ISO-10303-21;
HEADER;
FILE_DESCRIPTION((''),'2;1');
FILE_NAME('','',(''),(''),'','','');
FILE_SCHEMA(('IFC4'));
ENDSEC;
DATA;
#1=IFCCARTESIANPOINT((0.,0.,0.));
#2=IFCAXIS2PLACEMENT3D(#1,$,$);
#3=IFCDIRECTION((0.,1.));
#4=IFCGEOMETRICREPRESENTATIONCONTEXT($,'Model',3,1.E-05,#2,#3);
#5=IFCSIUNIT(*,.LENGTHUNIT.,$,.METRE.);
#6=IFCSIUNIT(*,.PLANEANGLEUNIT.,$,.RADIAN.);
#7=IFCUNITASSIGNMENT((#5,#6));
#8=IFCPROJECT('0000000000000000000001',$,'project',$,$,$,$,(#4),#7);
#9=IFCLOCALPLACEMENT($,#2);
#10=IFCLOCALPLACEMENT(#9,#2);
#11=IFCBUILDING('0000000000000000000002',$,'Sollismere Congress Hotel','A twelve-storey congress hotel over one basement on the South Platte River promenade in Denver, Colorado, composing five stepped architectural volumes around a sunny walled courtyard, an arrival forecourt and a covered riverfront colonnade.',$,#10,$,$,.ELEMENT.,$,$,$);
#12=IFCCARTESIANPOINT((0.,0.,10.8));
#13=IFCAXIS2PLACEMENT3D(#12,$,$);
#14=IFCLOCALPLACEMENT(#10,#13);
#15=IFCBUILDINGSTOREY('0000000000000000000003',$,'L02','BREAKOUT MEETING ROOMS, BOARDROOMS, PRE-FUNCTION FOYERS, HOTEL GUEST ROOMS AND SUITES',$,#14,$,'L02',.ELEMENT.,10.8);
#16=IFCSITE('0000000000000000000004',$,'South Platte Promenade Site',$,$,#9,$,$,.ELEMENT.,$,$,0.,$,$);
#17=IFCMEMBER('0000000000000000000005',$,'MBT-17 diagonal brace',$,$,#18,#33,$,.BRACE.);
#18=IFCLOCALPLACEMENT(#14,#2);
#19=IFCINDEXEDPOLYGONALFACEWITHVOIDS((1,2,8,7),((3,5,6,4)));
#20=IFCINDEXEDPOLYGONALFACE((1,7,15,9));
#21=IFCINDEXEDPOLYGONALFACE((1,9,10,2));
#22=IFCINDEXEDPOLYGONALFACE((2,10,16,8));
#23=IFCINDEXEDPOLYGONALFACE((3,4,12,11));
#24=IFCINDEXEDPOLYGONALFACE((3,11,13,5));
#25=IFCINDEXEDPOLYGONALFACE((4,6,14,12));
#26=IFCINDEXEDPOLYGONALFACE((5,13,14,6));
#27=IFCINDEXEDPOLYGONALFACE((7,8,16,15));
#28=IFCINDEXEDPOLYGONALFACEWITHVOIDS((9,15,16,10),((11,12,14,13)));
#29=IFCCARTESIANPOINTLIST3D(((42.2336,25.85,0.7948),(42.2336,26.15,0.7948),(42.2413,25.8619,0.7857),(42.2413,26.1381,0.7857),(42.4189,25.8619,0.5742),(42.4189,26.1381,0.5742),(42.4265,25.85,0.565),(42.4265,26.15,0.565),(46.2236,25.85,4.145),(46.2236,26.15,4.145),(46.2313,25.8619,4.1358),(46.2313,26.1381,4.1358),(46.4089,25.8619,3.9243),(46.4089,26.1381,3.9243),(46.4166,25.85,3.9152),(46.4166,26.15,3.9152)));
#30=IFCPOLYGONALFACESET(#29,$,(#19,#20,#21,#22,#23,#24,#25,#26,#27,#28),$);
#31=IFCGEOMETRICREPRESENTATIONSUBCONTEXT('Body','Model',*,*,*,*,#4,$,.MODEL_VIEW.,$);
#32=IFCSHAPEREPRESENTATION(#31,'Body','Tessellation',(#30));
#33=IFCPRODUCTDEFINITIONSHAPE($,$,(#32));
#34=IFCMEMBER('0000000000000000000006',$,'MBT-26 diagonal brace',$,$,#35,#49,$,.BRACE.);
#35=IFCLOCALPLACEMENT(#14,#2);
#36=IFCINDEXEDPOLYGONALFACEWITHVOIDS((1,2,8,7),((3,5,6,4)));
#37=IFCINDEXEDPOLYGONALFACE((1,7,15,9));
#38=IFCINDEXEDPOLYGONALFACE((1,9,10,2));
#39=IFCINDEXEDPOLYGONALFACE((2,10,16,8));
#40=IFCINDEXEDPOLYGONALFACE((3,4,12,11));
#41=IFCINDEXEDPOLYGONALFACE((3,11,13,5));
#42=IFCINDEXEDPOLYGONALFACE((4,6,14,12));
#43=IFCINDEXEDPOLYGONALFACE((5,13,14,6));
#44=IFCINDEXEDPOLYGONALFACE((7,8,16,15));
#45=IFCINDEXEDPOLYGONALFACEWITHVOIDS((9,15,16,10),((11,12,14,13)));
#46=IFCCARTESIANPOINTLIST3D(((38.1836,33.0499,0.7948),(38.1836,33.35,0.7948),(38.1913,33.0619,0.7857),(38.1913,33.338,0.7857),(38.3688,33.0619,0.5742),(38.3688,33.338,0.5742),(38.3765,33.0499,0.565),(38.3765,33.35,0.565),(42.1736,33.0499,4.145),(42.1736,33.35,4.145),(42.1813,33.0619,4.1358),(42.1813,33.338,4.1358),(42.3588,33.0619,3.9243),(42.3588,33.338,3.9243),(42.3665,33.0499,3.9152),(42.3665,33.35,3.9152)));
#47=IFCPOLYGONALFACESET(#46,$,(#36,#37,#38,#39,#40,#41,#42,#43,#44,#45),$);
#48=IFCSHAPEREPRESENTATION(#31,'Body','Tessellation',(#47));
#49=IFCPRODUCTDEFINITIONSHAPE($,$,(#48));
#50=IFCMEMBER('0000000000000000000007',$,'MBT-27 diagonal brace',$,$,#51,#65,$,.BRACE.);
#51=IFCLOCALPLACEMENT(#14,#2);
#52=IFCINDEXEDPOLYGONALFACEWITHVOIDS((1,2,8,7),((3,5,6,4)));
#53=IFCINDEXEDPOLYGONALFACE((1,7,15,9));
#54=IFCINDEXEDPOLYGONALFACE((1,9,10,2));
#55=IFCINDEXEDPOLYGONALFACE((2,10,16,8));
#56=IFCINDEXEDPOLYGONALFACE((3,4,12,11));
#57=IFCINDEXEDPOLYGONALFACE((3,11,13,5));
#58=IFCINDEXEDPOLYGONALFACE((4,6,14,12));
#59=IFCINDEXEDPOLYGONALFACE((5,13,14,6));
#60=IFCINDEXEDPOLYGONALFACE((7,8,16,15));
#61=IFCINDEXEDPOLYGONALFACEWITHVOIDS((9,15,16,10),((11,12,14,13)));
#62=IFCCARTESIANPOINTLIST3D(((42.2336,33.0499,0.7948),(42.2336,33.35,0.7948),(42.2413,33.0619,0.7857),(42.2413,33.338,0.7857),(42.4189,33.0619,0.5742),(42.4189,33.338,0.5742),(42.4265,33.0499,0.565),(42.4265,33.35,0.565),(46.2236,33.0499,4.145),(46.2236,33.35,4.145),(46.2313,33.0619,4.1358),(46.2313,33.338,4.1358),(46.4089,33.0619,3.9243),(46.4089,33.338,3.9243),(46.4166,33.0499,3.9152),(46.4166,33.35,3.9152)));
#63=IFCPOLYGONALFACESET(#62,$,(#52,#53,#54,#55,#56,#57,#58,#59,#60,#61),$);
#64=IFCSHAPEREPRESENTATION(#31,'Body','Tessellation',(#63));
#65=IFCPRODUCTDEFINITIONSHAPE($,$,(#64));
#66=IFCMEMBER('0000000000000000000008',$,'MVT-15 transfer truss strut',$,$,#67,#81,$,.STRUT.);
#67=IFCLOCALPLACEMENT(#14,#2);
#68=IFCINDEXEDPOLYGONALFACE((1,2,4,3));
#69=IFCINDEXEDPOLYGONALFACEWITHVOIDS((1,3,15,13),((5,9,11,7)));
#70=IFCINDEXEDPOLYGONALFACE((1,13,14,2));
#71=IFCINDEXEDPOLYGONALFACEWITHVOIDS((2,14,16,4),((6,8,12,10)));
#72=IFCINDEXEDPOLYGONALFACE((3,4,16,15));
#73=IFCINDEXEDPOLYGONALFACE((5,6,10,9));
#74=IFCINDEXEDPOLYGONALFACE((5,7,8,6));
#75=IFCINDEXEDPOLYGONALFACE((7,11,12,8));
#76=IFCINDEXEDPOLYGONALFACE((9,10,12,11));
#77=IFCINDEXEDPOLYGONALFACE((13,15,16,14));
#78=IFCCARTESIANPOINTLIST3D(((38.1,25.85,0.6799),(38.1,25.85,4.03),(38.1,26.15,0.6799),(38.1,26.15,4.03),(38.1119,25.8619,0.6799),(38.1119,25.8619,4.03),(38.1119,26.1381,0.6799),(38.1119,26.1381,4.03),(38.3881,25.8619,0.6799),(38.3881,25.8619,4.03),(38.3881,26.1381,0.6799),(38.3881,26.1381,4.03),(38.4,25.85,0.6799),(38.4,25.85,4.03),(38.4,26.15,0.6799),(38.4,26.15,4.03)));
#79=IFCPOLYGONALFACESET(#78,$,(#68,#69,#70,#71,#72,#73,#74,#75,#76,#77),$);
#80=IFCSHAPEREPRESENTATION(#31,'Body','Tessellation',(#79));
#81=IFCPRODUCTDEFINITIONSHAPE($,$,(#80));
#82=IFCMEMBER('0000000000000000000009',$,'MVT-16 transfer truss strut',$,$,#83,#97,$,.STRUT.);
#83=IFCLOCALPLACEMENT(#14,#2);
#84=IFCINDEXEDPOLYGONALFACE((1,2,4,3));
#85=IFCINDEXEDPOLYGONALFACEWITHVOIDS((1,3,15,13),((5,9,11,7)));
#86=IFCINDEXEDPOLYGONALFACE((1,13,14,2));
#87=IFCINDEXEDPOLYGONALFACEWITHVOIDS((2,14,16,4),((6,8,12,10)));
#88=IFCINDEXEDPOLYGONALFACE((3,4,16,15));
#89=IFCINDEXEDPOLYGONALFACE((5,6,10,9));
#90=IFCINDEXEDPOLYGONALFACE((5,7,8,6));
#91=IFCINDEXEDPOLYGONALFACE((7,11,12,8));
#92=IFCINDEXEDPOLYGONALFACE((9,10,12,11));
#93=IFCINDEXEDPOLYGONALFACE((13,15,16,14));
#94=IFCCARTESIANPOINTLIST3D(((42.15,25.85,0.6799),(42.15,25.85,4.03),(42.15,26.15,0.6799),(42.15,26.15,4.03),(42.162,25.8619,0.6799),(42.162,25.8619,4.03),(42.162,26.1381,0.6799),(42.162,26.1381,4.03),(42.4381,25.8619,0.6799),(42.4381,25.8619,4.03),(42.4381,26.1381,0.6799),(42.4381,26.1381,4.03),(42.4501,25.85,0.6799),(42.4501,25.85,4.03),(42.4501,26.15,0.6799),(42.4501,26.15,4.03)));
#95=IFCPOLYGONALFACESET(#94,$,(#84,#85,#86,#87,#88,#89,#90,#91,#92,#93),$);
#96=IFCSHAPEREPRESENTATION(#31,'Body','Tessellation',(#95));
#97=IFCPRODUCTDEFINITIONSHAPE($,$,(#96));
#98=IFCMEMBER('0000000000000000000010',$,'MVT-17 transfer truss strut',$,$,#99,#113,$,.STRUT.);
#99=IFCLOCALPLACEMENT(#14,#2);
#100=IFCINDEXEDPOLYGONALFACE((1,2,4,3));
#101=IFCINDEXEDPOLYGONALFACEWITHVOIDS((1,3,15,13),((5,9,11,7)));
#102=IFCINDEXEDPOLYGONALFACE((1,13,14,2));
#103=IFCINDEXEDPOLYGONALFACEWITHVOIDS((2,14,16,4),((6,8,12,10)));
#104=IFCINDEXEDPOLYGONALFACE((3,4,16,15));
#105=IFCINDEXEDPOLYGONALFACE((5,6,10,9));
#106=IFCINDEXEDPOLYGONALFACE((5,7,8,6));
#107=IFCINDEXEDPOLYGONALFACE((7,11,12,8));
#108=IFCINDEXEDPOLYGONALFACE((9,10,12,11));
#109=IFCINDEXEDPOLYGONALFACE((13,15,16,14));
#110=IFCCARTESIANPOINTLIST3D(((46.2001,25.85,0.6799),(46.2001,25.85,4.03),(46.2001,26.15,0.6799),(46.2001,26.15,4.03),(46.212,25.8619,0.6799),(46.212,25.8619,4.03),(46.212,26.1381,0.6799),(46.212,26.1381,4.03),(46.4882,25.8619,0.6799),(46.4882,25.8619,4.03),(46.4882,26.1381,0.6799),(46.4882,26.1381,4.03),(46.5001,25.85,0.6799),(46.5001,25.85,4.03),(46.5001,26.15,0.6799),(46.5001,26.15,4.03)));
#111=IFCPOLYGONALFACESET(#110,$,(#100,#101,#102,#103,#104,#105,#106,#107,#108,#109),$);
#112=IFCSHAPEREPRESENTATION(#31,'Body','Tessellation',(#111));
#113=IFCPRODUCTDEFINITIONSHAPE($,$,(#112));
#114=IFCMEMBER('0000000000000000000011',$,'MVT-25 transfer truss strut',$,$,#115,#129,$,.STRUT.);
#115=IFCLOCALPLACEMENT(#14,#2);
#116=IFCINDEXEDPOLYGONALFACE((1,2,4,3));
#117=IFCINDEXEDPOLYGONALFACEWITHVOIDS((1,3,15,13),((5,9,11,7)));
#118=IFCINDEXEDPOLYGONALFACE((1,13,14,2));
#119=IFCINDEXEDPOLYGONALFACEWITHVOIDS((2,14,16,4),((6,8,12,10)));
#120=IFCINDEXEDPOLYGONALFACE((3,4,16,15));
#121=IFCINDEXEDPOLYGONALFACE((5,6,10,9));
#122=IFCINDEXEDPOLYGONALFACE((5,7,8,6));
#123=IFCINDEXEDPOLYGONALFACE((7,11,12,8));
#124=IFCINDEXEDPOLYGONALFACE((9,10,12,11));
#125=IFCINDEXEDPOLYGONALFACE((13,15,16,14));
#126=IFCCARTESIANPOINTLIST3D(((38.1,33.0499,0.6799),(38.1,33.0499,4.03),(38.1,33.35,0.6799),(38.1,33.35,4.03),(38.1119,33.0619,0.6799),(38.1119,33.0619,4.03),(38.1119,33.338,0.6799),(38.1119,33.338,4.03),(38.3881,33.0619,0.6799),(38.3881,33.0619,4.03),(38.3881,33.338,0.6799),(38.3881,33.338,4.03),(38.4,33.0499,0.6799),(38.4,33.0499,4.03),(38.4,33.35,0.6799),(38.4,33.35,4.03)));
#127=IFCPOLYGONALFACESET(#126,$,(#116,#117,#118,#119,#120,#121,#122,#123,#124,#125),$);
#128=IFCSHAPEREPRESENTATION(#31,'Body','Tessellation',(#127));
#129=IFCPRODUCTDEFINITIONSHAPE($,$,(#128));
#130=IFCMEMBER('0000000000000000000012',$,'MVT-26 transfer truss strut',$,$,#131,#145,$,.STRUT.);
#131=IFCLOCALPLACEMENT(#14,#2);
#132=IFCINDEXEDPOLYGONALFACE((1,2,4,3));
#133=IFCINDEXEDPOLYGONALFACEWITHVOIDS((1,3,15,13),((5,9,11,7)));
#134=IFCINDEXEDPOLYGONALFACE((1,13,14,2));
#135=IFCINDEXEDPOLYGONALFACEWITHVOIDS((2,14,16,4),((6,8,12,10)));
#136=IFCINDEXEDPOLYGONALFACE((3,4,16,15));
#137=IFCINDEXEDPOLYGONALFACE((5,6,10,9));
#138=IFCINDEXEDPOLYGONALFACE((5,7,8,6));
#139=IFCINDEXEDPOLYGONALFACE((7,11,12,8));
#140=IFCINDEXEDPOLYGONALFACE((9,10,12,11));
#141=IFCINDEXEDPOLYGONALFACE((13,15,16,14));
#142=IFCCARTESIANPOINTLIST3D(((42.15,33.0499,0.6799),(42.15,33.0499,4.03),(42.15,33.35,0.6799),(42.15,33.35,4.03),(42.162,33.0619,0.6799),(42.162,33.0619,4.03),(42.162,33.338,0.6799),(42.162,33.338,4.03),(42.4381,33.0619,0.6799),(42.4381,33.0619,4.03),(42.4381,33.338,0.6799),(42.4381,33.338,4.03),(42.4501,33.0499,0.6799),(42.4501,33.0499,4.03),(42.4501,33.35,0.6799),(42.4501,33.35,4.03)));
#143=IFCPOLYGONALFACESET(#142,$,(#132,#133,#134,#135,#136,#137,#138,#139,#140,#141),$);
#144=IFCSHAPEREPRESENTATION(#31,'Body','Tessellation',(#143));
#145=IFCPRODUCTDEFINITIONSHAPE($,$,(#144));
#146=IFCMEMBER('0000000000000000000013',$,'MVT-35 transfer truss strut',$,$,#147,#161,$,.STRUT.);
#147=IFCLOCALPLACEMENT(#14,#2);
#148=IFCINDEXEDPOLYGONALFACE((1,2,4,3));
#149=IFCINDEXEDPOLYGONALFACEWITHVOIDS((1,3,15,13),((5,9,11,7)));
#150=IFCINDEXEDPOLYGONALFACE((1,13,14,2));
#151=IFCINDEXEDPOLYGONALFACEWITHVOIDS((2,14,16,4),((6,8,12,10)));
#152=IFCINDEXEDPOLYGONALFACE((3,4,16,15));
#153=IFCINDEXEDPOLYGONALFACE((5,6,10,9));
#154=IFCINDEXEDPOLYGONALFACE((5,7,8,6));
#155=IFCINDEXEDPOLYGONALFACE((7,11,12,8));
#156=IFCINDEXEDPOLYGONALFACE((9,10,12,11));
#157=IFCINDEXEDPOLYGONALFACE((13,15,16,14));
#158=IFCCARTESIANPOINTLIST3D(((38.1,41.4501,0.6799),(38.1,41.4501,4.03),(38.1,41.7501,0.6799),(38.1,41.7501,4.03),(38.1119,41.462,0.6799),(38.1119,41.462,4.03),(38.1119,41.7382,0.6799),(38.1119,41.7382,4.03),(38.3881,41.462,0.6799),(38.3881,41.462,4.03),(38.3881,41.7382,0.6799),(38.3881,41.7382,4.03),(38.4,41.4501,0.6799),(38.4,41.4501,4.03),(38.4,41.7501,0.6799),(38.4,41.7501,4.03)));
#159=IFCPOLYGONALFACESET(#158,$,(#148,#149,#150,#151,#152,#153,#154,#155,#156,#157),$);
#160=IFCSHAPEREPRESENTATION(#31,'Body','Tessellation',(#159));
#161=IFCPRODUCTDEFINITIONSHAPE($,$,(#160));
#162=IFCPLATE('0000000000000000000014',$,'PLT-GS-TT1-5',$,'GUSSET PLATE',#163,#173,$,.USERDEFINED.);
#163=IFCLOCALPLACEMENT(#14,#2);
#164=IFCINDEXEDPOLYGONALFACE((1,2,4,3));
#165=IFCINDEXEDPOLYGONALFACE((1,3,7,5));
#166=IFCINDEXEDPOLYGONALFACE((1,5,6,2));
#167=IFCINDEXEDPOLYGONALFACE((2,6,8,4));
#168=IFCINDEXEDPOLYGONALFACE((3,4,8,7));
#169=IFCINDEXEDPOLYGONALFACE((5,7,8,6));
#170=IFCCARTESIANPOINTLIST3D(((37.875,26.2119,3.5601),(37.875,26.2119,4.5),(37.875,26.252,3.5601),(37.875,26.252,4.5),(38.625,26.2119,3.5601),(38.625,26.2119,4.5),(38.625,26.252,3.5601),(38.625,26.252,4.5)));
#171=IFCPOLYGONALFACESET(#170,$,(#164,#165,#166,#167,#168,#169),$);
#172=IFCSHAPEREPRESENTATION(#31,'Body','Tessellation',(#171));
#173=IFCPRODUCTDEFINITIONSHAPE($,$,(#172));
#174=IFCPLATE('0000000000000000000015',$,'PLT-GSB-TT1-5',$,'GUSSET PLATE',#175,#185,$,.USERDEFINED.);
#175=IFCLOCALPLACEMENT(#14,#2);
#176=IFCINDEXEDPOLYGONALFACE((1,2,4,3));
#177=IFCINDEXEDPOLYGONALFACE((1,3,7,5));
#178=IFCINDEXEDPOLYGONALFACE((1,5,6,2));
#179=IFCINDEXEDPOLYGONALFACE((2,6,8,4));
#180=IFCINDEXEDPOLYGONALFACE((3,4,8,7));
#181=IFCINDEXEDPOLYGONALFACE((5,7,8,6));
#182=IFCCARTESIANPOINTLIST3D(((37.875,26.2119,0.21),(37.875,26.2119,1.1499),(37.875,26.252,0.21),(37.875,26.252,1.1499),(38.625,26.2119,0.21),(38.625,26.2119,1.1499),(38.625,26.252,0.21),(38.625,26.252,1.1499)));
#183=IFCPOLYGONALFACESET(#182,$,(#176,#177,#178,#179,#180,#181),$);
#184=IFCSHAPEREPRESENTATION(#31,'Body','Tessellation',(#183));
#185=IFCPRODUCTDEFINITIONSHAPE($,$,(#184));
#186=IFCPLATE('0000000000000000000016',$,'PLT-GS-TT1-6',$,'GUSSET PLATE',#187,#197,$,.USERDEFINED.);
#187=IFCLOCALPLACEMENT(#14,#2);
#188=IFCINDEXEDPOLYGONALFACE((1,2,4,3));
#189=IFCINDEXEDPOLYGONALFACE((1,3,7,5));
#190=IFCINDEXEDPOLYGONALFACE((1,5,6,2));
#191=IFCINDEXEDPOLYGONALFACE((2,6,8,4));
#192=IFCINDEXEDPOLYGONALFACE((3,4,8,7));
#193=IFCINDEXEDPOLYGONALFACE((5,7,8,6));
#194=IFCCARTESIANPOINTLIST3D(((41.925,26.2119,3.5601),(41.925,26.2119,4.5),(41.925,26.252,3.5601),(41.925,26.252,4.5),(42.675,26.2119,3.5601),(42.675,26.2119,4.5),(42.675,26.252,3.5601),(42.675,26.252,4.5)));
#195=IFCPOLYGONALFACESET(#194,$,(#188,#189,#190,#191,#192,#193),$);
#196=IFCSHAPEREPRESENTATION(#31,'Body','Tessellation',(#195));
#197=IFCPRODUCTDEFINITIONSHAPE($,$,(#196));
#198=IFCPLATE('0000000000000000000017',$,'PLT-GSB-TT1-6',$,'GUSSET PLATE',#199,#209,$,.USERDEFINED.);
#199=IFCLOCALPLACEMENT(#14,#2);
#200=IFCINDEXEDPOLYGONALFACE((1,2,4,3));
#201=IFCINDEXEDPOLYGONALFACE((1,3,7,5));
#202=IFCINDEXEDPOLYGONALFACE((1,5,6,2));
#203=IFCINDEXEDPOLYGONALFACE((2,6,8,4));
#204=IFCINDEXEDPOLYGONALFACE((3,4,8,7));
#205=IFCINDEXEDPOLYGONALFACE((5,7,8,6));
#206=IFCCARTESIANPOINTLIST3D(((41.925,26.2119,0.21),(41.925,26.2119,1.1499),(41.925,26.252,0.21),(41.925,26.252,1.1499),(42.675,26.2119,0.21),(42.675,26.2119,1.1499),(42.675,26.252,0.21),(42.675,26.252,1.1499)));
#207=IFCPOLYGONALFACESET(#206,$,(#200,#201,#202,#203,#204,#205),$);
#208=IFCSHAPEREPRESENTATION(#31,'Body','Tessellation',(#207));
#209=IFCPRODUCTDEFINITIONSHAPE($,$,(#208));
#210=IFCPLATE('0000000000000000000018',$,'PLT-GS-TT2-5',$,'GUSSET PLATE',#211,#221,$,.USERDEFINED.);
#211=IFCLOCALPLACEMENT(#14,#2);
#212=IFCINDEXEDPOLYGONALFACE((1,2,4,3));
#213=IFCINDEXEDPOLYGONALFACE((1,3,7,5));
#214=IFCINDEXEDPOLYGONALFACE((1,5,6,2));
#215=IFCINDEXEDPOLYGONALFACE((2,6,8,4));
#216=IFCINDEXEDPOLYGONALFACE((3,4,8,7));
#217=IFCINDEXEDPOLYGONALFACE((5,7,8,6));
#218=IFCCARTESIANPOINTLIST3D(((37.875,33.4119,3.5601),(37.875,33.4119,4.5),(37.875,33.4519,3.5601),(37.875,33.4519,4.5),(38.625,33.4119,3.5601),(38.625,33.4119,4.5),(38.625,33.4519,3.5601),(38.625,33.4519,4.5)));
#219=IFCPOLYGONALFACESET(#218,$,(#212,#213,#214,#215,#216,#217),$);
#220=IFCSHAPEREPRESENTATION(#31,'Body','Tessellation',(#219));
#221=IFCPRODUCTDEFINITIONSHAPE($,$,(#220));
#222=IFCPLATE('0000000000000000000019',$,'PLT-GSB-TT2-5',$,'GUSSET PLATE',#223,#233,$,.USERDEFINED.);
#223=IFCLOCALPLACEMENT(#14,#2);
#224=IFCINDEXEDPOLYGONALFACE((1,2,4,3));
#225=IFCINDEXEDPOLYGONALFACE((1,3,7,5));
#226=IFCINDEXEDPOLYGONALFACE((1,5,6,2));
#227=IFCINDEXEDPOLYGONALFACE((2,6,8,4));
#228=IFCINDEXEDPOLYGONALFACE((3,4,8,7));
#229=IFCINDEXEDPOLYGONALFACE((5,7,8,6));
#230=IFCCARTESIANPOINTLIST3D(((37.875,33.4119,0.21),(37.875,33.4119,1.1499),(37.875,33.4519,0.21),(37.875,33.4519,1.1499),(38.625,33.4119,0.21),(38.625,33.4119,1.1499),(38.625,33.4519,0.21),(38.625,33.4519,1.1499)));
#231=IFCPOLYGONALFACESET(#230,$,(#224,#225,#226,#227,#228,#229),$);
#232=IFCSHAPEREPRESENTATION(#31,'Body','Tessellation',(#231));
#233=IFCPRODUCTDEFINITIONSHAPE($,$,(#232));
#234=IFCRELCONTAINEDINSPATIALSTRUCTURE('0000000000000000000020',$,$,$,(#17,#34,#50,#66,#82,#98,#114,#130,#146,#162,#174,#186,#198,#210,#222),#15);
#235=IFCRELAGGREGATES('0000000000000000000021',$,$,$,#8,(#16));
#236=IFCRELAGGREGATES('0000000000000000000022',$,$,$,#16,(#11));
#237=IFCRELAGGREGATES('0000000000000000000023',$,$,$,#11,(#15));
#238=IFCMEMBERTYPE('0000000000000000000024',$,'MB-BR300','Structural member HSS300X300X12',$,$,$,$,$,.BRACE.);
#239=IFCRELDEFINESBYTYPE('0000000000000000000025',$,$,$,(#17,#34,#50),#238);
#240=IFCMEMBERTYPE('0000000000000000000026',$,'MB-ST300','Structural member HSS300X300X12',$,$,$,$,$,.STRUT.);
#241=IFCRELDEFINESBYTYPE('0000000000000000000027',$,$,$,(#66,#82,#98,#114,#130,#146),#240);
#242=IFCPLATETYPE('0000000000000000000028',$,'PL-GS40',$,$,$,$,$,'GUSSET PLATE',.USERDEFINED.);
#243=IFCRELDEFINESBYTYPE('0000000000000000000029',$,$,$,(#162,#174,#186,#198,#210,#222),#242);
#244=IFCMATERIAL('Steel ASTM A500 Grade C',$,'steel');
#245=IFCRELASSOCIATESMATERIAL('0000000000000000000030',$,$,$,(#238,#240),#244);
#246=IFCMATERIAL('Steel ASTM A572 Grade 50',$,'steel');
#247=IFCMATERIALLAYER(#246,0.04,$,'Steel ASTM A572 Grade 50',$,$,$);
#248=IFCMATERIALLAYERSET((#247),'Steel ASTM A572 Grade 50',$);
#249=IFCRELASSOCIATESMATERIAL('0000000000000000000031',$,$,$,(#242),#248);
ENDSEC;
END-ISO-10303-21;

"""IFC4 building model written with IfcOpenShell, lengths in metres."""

from ifc_helpers import new_model, si_unit, direction, frame, origin, origin_2d, place, context, subcontext, project, spatial, rectangle, hollow_rectangle, extrude, material, layer, layer_set, material_profile, profile_set, type_object, element, save


model = new_model("IFC4")

# Units and contexts
model_context = context("Model", 3, precision=1e-05, world=origin(), true_north=direction((0.0, 1.0)))
body_context = subcontext(model_context, "Body", "Model", "MODEL_VIEW")
ifc_project = project(units=[si_unit("LENGTHUNIT", "METRE"), si_unit("PLANEANGLEUNIT", "RADIAN")], contexts=[model_context])

# Site, building, storey
site_placement = place(None, origin())
site = spatial("IfcSite", under=ifc_project, at=site_placement, Name="South Platte Promenade Site", CompositionType="ELEMENT", RefElevation=0.0)
building_placement = place(site_placement, origin())
building = spatial("IfcBuilding", under=site, at=building_placement, Name="Sollismere Congress Hotel", Description="A twelve-storey congress hotel over one basement on the South Platte River promenade in Denver, Colorado, composing five stepped architectural volumes around a sunny walled courtyard, an arrival forecourt and a covered riverfront colonnade.", CompositionType="ELEMENT")
storey_placement = place(building_placement, frame((0.0, 0.0, 10.8)))
storey = spatial("IfcBuildingStorey", under=building, at=storey_placement, Name="L02", Description="BREAKOUT MEETING ROOMS, BOARDROOMS, PRE-FUNCTION FOYERS, HOTEL GUEST ROOMS AND SUITES", LongName="L02", CompositionType="ELEMENT", Elevation=10.8)

# Members
ifc_material_1 = material(Name="Steel ASTM A500 Grade C", Category="steel")
ifc_material_profile_1 = material_profile(ifc_material_1, hollow_rectangle(XDim=0.3, YDim=0.3, WallThickness=0.012, at=origin_2d()), Name="HSS300X300X12")
ifc_profile_set_1 = profile_set([ifc_material_profile_1], Name="Steel ASTM A500 Grade C")
member_type_1 = type_object("IfcMemberType", Name="MB-BR300", Description="Structural member HSS300X300X12", PredefinedType="BRACE", material=ifc_profile_set_1)
for number, where, z_axis, x_axis, name in (
    (1, (42.3301, 26.0, 0.6799), (0.765846, 0.0, 0.643024), (0.0, 1.0, 0.0), "MBT-17 diagonal brace"),
    (2, (38.28, 33.2, 0.6799), (0.765846, 0.0, 0.643024), (0.0, 1.0, 0.0), "MBT-26 diagonal brace"),
    (3, (42.3301, 33.2, 0.6799), (0.765846, 0.0, 0.643024), (0.0, 1.0, 0.0), "MBT-27 diagonal brace"),
):
    element("IfcMember", number, at=place(storey_placement, frame(where, z_axis=z_axis, x_axis=x_axis)), inside=storey, type_object=member_type_1, Name=name, PredefinedType="BRACE", context=body_context, shape_type="SweptSolid", body=[
        extrude(hollow_rectangle(XDim=0.3, YDim=0.3, WallThickness=0.012, at=origin_2d()), origin(), (0.0, 0.0, 1.0), 5.21),
    ])
ifc_material_profile_2 = material_profile(ifc_material_1, hollow_rectangle(XDim=0.3, YDim=0.3, WallThickness=0.012, at=origin_2d()), Name="HSS300X300X12")
ifc_profile_set_2 = profile_set([ifc_material_profile_2], Name="Steel ASTM A500 Grade C")
member_type_2 = type_object("IfcMemberType", Name="MB-ST300", Description="Structural member HSS300X300X12", PredefinedType="STRUT", material=ifc_profile_set_2)
for number, where, z_axis, x_axis, name in (
    (4, (38.25, 26.0, 0.6799), (0.0, 0.0, 1.0), (1.0, 0.0, 0.0), "MVT-15 transfer truss strut"),
    (5, (42.3, 26.0, 0.6799), (0.0, 0.0, 1.0), (1.0, 0.0, 0.0), "MVT-16 transfer truss strut"),
    (6, (46.3501, 26.0, 0.6799), (0.0, 0.0, 1.0), (1.0, 0.0, 0.0), "MVT-17 transfer truss strut"),
    (7, (38.25, 33.2, 0.6799), (0.0, 0.0, 1.0), (1.0, 0.0, 0.0), "MVT-25 transfer truss strut"),
    (8, (42.3, 33.2, 0.6799), (0.0, 0.0, 1.0), (1.0, 0.0, 0.0), "MVT-26 transfer truss strut"),
    (9, (38.25, 41.6001, 0.6799), (0.0, 0.0, 1.0), (1.0, 0.0, 0.0), "MVT-35 transfer truss strut"),
):
    element("IfcMember", number, at=place(storey_placement, frame(where, z_axis=z_axis, x_axis=x_axis)), inside=storey, type_object=member_type_2, Name=name, PredefinedType="STRUT", context=body_context, shape_type="SweptSolid", body=[
        extrude(hollow_rectangle(XDim=0.3, YDim=0.3, WallThickness=0.012, at=origin_2d()), origin(), (0.0, 0.0, 1.0), 3.3501),
    ])

# Plates
ifc_material_2 = material(Name="Steel ASTM A572 Grade 50", Category="steel")
ifc_layer = layer(ifc_material_2, 0.04, Name="Steel ASTM A572 Grade 50")
ifc_layer_set = layer_set([ifc_layer], Name="Steel ASTM A572 Grade 50")
plate_type = type_object("IfcPlateType", Name="PL-GS40", ElementType="GUSSET PLATE", PredefinedType="USERDEFINED", material=ifc_layer_set)
for number, where, z_axis, x_axis, name in (
    (10, (38.25, 26.2319, 3.5601), (0.0, 0.0, 1.0), (1.0, 0.0, 0.0), "PLT-GS-TT1-5"),
    (11, (38.25, 26.2319, 0.21), (0.0, 0.0, 1.0), (1.0, 0.0, 0.0), "PLT-GSB-TT1-5"),
    (12, (42.3, 26.2319, 3.5601), (0.0, 0.0, 1.0), (1.0, 0.0, 0.0), "PLT-GS-TT1-6"),
    (13, (42.3, 26.2319, 0.21), (0.0, 0.0, 1.0), (1.0, 0.0, 0.0), "PLT-GSB-TT1-6"),
    (14, (38.25, 33.4319, 3.5601), (0.0, 0.0, 1.0), (1.0, 0.0, 0.0), "PLT-GS-TT2-5"),
    (15, (38.25, 33.4319, 0.21), (0.0, 0.0, 1.0), (1.0, 0.0, 0.0), "PLT-GSB-TT2-5"),
):
    element("IfcPlate", number, at=place(storey_placement, frame(where, z_axis=z_axis, x_axis=x_axis)), inside=storey, type_object=plate_type, Name=name, ObjectType="GUSSET PLATE", PredefinedType="USERDEFINED", context=body_context, shape_type="SweptSolid", body=[
        extrude(rectangle(XDim=0.75, YDim=0.04, at=origin_2d()), origin(), (0.0, 0.0, 1.0), 0.9399),
    ])

save(model, "model.ifc")
